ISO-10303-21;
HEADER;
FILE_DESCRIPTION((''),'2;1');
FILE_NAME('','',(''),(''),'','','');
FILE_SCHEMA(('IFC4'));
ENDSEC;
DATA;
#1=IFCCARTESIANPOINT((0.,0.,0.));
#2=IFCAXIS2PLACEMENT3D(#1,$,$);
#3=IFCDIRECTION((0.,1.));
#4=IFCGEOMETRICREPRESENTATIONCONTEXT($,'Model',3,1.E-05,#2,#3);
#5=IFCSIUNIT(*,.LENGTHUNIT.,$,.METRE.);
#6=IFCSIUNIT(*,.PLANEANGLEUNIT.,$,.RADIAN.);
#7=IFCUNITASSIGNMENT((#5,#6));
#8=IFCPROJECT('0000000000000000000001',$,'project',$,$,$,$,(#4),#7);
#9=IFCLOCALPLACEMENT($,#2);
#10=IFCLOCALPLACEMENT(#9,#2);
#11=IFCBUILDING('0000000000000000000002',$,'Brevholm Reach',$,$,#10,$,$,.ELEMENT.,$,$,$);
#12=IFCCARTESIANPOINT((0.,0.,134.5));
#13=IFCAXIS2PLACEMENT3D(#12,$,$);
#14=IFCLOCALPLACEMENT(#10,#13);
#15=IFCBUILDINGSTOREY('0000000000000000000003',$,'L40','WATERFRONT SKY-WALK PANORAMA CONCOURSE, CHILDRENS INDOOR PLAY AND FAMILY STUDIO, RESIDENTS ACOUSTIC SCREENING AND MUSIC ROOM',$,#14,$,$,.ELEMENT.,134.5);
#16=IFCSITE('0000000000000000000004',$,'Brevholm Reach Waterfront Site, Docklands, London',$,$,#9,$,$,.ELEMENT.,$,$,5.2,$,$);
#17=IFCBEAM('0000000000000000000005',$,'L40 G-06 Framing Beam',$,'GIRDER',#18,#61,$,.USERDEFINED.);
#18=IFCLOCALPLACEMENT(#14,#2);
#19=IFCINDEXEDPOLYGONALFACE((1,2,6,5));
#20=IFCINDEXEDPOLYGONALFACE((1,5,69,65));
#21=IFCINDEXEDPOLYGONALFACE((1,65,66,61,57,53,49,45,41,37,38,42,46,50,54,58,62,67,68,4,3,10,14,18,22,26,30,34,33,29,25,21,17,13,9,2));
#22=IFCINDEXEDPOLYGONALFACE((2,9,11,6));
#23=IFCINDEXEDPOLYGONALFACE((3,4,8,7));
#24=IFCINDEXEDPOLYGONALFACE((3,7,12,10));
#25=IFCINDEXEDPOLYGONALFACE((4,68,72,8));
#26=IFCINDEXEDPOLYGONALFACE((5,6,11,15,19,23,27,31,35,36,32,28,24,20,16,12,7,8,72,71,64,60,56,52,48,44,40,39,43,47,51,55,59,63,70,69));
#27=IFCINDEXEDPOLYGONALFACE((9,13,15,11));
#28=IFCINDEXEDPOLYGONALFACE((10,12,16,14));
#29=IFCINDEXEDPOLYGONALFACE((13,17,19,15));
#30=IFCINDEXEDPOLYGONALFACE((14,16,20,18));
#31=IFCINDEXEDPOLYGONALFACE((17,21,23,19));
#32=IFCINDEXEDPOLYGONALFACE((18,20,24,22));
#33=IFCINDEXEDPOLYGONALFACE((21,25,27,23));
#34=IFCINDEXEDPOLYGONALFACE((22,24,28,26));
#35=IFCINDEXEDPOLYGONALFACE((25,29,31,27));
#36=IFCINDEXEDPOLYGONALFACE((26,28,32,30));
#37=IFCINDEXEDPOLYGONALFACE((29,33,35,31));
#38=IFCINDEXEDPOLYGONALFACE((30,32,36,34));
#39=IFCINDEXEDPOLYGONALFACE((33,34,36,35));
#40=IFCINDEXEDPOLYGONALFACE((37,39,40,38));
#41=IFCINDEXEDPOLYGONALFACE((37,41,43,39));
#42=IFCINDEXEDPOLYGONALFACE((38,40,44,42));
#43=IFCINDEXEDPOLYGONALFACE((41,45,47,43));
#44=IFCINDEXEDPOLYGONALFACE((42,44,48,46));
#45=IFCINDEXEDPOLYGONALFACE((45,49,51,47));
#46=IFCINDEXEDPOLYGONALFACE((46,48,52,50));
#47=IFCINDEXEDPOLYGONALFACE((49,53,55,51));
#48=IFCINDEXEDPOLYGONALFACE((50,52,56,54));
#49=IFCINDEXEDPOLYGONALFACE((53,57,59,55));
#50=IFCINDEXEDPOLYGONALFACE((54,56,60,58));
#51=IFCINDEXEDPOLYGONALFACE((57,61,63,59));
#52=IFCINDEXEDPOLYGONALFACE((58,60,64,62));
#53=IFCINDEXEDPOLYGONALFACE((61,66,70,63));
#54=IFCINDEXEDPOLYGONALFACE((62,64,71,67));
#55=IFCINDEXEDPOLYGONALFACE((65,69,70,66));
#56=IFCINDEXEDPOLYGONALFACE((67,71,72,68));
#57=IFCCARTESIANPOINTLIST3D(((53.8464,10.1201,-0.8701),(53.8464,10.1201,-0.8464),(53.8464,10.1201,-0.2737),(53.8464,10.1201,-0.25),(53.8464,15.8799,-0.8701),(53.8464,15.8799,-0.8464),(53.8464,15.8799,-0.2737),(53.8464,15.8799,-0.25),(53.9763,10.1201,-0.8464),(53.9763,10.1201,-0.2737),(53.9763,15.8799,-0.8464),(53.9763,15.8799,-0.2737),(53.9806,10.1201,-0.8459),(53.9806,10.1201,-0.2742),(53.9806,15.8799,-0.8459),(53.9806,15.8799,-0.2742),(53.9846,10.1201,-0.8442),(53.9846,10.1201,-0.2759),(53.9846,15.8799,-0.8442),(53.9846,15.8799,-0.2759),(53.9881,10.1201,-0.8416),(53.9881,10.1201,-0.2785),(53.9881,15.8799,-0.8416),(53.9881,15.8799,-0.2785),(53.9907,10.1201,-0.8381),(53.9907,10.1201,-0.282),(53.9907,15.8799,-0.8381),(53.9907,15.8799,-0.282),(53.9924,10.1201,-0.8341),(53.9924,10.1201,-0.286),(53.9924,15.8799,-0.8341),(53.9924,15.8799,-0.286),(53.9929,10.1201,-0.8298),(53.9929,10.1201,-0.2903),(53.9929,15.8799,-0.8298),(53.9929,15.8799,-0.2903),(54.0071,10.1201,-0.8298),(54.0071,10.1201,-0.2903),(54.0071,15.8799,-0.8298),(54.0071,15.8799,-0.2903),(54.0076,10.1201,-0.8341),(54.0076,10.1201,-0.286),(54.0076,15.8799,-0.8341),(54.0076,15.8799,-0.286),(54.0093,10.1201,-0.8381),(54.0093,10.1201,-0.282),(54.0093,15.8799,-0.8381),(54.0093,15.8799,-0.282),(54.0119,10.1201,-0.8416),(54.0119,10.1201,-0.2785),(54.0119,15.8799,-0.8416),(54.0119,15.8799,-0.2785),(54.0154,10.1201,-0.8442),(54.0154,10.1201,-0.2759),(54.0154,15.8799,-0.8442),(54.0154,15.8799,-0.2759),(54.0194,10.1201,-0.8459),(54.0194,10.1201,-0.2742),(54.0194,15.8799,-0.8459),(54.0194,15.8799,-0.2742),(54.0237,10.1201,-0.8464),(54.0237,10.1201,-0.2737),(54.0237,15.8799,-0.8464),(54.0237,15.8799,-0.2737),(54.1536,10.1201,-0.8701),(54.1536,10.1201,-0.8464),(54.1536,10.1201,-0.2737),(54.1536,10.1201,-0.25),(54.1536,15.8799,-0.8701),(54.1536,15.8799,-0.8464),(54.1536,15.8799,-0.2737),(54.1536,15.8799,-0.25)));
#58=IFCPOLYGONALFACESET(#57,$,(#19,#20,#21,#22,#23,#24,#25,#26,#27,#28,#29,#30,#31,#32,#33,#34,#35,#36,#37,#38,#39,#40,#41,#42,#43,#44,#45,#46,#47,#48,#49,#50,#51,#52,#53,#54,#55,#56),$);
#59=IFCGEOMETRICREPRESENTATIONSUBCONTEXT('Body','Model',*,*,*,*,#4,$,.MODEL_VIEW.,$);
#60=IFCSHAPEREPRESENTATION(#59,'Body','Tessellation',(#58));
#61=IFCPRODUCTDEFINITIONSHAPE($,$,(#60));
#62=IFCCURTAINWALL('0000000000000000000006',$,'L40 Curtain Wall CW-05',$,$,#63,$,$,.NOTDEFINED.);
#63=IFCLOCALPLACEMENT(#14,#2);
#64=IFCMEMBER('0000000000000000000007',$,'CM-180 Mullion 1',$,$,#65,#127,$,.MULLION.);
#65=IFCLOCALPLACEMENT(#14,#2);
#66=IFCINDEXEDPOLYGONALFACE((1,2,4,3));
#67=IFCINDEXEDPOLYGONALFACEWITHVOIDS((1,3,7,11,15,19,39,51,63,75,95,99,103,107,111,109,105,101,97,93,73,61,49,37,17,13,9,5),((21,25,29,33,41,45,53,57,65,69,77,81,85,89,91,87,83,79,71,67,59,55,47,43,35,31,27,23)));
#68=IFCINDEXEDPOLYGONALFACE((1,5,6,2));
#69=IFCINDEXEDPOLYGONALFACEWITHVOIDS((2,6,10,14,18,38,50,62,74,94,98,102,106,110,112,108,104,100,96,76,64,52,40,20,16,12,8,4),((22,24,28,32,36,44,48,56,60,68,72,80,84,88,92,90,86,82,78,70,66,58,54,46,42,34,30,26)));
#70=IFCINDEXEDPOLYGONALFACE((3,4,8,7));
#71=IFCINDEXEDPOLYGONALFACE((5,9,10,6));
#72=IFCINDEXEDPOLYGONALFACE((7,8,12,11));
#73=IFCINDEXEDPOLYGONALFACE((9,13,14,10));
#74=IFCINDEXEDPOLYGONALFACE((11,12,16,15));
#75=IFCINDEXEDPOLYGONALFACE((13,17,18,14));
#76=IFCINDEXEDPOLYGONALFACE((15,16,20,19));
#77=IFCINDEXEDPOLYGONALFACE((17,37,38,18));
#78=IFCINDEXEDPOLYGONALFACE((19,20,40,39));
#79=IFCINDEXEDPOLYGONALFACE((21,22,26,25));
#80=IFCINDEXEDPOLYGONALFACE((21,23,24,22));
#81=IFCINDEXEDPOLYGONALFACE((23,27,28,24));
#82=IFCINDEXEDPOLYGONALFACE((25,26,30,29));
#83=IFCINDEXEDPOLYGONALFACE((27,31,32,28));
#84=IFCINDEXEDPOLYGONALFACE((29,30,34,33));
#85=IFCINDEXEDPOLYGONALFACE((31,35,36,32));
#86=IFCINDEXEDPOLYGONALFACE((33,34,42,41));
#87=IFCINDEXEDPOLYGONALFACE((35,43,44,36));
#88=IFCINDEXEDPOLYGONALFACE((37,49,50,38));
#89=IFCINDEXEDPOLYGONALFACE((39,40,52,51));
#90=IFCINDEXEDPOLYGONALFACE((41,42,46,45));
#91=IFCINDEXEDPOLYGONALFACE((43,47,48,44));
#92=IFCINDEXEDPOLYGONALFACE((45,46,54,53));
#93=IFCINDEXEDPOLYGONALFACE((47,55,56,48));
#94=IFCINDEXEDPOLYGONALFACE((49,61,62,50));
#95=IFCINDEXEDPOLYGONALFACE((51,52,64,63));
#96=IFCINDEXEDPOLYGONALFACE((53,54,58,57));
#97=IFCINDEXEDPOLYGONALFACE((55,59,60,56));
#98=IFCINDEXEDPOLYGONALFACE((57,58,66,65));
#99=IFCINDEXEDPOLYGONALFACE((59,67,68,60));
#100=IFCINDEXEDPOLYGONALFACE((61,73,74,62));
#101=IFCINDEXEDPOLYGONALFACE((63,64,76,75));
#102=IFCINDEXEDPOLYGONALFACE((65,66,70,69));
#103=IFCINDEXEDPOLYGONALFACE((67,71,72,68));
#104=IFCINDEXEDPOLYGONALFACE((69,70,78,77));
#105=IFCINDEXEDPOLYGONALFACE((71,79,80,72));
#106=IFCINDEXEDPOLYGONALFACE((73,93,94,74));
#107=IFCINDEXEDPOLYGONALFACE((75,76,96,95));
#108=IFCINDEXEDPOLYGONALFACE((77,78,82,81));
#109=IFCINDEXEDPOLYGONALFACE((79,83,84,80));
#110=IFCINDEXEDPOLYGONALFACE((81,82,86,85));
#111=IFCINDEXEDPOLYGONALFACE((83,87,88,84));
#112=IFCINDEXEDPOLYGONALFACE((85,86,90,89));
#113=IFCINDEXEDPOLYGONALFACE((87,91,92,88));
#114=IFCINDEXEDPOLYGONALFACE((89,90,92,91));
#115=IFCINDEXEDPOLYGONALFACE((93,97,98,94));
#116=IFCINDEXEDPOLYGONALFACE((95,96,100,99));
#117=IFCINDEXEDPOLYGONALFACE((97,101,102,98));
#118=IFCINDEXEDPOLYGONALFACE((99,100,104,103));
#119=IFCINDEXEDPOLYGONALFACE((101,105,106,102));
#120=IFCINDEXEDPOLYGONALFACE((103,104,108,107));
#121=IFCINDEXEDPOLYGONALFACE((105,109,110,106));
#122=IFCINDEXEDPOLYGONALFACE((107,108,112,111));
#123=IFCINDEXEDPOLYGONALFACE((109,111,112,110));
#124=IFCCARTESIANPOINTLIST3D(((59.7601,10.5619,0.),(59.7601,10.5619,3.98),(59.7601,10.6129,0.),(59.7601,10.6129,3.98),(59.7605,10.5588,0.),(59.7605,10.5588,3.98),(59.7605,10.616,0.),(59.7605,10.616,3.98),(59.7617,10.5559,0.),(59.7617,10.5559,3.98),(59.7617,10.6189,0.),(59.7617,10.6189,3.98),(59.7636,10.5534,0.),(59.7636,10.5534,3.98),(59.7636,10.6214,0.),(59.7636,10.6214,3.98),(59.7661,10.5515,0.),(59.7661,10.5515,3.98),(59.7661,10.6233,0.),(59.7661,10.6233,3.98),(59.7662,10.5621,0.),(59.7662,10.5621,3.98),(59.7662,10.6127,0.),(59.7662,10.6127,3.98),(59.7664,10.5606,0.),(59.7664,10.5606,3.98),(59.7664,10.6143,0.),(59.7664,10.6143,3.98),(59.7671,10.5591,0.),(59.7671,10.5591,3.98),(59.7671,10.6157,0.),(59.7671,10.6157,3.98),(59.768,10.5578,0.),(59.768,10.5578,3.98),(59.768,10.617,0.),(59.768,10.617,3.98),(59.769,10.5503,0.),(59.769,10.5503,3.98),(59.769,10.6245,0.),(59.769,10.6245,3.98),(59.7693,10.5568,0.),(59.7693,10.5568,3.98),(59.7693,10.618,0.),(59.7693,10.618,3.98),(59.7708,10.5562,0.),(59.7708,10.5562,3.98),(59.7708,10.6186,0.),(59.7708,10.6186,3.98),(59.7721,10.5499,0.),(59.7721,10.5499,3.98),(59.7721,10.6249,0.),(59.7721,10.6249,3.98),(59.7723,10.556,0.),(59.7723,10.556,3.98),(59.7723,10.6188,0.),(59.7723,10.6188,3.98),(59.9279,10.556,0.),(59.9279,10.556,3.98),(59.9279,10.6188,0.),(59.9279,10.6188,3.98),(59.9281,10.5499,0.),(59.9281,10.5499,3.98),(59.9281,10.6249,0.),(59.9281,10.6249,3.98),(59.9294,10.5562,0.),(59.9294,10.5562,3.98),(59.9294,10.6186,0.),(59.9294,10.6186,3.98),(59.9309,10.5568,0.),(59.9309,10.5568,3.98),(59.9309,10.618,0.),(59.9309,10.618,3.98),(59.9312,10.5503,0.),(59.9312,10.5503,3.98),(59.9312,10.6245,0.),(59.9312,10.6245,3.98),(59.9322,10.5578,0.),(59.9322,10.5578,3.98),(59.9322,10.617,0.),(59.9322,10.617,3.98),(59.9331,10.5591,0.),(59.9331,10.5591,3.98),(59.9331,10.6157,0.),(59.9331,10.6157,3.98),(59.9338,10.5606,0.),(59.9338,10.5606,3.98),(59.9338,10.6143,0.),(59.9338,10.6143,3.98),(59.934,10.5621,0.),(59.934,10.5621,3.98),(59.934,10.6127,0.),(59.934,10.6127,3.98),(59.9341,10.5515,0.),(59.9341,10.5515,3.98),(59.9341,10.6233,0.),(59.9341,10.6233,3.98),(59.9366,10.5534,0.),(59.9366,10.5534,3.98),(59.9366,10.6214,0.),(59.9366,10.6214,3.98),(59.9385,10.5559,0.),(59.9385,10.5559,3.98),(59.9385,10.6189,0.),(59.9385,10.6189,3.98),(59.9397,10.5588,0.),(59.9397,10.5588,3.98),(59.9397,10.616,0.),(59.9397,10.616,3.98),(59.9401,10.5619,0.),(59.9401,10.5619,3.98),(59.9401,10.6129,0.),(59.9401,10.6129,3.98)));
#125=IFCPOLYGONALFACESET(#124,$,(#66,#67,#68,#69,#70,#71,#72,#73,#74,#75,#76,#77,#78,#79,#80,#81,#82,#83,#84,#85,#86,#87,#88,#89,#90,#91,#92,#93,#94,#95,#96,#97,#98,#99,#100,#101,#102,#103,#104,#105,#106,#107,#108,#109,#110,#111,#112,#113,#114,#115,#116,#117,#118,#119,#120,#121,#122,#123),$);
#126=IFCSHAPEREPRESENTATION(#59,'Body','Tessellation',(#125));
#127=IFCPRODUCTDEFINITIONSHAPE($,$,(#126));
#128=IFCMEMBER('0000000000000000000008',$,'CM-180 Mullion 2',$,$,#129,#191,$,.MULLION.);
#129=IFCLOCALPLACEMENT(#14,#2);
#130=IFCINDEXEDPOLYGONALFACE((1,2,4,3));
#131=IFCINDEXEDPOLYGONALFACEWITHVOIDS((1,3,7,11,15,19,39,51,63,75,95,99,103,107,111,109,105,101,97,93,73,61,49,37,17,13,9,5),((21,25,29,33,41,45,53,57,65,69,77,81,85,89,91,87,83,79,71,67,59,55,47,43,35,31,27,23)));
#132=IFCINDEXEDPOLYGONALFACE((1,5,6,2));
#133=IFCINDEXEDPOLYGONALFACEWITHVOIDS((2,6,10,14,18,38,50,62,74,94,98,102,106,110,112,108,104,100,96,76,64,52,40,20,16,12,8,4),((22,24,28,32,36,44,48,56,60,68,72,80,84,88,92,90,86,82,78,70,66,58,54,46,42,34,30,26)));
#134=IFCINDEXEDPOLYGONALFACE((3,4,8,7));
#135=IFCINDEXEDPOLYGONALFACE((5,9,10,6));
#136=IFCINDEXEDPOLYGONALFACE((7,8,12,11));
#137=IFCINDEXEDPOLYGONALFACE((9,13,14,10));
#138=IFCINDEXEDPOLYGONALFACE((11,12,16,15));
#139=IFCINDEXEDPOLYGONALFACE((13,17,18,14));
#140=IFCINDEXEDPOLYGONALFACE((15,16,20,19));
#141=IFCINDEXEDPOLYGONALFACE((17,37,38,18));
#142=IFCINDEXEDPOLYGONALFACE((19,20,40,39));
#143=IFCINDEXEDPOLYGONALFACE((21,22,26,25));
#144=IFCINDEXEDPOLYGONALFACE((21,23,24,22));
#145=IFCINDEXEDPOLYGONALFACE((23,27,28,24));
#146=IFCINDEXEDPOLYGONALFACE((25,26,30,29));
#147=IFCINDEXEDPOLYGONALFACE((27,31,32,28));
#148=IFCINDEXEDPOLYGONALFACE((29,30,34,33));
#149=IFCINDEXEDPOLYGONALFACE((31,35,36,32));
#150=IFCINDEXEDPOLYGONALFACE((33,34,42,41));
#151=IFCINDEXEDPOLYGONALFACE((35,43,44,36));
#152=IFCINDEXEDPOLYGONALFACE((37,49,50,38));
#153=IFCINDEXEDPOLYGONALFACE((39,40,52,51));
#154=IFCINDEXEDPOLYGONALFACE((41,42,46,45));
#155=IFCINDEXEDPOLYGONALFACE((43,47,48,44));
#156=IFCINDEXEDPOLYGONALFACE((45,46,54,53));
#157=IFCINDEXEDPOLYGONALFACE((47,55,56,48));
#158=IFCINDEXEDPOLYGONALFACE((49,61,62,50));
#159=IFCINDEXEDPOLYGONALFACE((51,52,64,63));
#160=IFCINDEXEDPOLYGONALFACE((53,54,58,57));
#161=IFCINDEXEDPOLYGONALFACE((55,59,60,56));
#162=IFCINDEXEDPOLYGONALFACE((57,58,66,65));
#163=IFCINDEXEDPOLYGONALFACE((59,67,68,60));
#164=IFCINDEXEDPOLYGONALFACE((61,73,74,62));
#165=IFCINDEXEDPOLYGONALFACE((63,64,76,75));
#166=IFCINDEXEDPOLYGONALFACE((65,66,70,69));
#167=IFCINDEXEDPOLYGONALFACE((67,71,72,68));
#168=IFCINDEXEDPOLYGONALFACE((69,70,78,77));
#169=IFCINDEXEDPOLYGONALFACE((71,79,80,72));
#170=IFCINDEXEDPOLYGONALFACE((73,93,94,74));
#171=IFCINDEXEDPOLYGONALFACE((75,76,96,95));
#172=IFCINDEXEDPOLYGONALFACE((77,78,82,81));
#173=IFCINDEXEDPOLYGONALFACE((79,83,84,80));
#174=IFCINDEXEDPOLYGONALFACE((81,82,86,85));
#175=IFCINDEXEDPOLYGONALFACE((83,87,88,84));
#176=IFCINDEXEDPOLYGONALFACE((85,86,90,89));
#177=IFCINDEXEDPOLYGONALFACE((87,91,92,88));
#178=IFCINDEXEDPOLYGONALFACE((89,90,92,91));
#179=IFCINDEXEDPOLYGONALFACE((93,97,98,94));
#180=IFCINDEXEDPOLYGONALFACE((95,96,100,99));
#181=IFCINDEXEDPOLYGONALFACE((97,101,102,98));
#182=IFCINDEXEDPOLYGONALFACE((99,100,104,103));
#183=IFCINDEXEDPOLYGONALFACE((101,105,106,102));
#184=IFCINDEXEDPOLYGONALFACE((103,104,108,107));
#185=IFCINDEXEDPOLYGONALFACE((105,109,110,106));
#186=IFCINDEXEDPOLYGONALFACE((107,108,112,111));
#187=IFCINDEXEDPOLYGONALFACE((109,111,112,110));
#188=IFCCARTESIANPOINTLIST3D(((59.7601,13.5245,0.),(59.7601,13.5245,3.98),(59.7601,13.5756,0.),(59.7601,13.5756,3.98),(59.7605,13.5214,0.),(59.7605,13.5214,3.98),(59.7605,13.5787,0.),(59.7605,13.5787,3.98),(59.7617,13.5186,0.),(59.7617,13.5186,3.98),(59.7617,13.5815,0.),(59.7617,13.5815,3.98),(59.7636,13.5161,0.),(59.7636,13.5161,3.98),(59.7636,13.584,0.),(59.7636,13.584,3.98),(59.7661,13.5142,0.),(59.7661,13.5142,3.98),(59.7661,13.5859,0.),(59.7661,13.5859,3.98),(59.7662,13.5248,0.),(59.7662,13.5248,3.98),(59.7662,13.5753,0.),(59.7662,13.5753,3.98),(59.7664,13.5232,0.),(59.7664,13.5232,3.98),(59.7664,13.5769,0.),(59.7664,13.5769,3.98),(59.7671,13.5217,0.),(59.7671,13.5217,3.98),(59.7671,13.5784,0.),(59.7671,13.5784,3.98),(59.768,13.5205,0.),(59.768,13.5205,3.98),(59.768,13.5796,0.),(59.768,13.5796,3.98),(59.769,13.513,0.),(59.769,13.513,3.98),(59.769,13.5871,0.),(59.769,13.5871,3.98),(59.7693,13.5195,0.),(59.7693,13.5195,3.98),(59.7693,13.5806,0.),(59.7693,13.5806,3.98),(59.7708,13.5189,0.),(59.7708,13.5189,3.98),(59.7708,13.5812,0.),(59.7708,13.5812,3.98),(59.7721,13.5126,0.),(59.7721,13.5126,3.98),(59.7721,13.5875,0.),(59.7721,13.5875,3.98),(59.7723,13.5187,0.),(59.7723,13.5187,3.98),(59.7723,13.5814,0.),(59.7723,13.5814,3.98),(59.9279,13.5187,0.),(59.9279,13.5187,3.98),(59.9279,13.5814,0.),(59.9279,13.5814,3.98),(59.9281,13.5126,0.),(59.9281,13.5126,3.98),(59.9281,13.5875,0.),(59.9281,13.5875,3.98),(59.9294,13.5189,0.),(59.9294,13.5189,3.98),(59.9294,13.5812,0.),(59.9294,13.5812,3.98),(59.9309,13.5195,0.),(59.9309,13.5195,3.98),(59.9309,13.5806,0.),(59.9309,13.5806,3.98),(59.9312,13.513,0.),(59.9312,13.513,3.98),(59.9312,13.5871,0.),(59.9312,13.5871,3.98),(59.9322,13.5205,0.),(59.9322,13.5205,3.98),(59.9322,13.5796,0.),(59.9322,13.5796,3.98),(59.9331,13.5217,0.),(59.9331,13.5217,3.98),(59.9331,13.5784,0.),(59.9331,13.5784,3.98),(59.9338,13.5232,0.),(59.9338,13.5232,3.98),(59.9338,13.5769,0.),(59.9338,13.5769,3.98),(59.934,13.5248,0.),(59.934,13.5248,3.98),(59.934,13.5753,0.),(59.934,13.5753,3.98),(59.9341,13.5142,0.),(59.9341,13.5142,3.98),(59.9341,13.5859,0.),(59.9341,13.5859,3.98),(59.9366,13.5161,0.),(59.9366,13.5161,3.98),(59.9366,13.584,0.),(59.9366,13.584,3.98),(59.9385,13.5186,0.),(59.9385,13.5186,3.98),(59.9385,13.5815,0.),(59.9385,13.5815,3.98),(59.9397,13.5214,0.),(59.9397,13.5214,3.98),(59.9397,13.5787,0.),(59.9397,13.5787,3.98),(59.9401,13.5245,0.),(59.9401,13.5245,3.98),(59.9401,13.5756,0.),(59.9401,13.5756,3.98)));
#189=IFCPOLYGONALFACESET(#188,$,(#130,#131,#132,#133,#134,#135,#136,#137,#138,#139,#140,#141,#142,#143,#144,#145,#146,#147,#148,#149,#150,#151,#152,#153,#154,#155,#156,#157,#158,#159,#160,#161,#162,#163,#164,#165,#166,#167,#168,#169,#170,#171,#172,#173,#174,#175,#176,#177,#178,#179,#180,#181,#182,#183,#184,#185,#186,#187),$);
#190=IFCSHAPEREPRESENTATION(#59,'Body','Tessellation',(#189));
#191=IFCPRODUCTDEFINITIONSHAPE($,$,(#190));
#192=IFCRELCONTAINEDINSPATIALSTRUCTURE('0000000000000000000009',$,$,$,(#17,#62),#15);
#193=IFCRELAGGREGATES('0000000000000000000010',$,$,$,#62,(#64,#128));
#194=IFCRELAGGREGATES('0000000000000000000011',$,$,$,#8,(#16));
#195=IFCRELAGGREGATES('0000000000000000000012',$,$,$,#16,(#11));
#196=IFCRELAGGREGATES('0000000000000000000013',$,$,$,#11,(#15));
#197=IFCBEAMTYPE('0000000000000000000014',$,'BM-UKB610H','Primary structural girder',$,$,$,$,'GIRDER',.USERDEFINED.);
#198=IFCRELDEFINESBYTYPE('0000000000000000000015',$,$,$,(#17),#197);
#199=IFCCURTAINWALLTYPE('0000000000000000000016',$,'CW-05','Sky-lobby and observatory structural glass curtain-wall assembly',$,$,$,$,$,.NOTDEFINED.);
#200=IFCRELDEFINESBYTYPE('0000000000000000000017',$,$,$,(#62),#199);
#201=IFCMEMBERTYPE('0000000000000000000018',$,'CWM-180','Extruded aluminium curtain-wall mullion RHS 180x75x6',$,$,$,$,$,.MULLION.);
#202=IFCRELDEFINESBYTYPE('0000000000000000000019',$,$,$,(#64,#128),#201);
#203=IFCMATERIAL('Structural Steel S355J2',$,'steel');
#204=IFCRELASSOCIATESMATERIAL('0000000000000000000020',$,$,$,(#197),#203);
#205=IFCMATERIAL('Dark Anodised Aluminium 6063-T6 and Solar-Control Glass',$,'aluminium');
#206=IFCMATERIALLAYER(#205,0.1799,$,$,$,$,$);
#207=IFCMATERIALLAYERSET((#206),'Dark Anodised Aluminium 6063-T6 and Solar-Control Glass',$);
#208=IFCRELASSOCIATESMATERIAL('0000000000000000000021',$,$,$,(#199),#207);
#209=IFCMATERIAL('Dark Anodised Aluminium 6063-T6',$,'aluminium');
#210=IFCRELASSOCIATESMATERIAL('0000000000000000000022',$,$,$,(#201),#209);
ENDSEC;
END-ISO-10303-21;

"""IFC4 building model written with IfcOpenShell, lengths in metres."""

from ifc_helpers import new_model, si_unit, direction, frame, origin, origin_2d, place, context, subcontext, project, spatial, hollow_rectangle, i_section, extrude, material, layer, layer_set, material_profile, profile_set, type_object, element, aggregate, save


model = new_model("IFC4")

# Units and contexts
model_context = context("Model", 3, precision=1e-05, world=origin(), true_north=direction((0.0, 1.0)))
body_context = subcontext(model_context, "Body", "Model", "MODEL_VIEW")
ifc_project = project(units=[si_unit("LENGTHUNIT", "METRE"), si_unit("PLANEANGLEUNIT", "RADIAN")], contexts=[model_context])

# Site, building, storey
site_placement = place(None, origin())
site = spatial("IfcSite", under=ifc_project, at=site_placement, Name="Brevholm Reach Waterfront Site, Docklands, London", CompositionType="ELEMENT", RefElevation=5.2)
building_placement = place(site_placement, origin())
building = spatial("IfcBuilding", under=site, at=building_placement, Name="Brevholm Reach", CompositionType="ELEMENT")
storey_placement = place(building_placement, frame((0.0, 0.0, 134.5)))
storey = spatial("IfcBuildingStorey", under=building, at=storey_placement, Name="L40", Description="WATERFRONT SKY-WALK PANORAMA CONCOURSE, CHILDRENS INDOOR PLAY AND FAMILY STUDIO, RESIDENTS ACOUSTIC SCREENING AND MUSIC ROOM", CompositionType="ELEMENT", Elevation=134.5)

# Beam
ifc_material_1 = material(Name="Structural Steel S355J2", Category="steel")
ifc_material_profile_1 = material_profile(ifc_material_1, i_section(OverallWidth=0.3071, OverallDepth=0.6201, WebThickness=0.0142, FlangeThickness=0.0237, FilletRadius=0.0166, at=origin_2d()), Name="UKB 610x305x179")
ifc_profile_set_1 = profile_set([ifc_material_profile_1], Name="Structural Steel S355J2")
beam_type_1 = type_object("IfcBeamType", Name="BM-UKB610H", Description="Primary structural girder", ElementType="GIRDER", PredefinedType="USERDEFINED", material=ifc_profile_set_1)
for number, where, z_axis, x_axis, name in (
    (1, (54.0, 10.1201, -0.5601), (0.0, 1.0, 0.0), (-1.0, 0.0, 0.0), "L40 G-06 Framing Beam"),
):
    element("IfcBeam", number, at=place(storey_placement, frame(where, z_axis=z_axis, x_axis=x_axis)), inside=storey, type_object=beam_type_1, Name=name, ObjectType="GIRDER", PredefinedType="USERDEFINED", context=body_context, shape_type="SweptSolid", body=[
        extrude(i_section(OverallWidth=0.3071, OverallDepth=0.6201, WebThickness=0.0142, FlangeThickness=0.0237, FilletRadius=0.0166, at=origin_2d()), origin(), (0.0, 0.0, 1.0), 5.7598),
    ])

# Curtain wall, members
ifc_material_2 = material(Name="Dark Anodised Aluminium 6063-T6 and Solar-Control Glass", Category="aluminium")
ifc_layer_1 = layer(ifc_material_2, 0.1799)
ifc_layer_set_1 = layer_set([ifc_layer_1], Name="Dark Anodised Aluminium 6063-T6 and Solar-Control Glass")
curtain_wall_type = type_object("IfcCurtainWallType", Name="CW-05", Description="Sky-lobby and observatory structural glass curtain-wall assembly", PredefinedType="NOTDEFINED", material=ifc_layer_set_1)
curtain_wall_placement = place(storey_placement, origin())
curtain_wall = element("IfcCurtainWall", 2, at=curtain_wall_placement, inside=storey, type_object=curtain_wall_type, Name="L40 Curtain Wall CW-05", PredefinedType="NOTDEFINED")
ifc_material_3 = material(Name="Dark Anodised Aluminium 6063-T6", Category="aluminium")
ifc_material_profile_2 = material_profile(ifc_material_3, hollow_rectangle(XDim=0.075, YDim=0.1799, WallThickness=0.0061, InnerFilletRadius=0.0061, OuterFilletRadius=0.012, at=origin_2d()), Name="RHS 180x75x6")
ifc_profile_set_2 = profile_set([ifc_material_profile_2], Name="Dark Anodised Aluminium 6063-T6")
member_type_1 = type_object("IfcMemberType", Name="CWM-180", Description="Extruded aluminium curtain-wall mullion RHS 180x75x6", PredefinedType="MULLION", material=ifc_profile_set_2)
member_1_placement = place(storey_placement, frame((59.8501, 10.5874, 0.0), z_axis=(0.0, 0.0, 1.0), x_axis=(0.0, 1.0, 0.0)))
member_1 = element("IfcMember", 3, at=member_1_placement, type_object=member_type_1, Name="CM-180 Mullion 1", PredefinedType="MULLION", context=body_context, shape_type="SweptSolid", body=[
    extrude(hollow_rectangle(XDim=0.075, YDim=0.1799, WallThickness=0.0061, InnerFilletRadius=0.0061, OuterFilletRadius=0.012, at=origin_2d()), origin(), (0.0, 0.0, 1.0), 3.98),
])
member_2_placement = place(storey_placement, frame((59.8501, 13.55, 0.0), z_axis=(0.0, 0.0, 1.0), x_axis=(0.0, 1.0, 0.0)))
member_2 = element("IfcMember", 4, at=member_2_placement, type_object=member_type_1, Name="CM-180 Mullion 2", PredefinedType="MULLION", context=body_context, shape_type="SweptSolid", body=[
    extrude(hollow_rectangle(XDim=0.075, YDim=0.1799, WallThickness=0.0061, InnerFilletRadius=0.0061, OuterFilletRadius=0.012, at=origin_2d()), origin(), (0.0, 0.0, 1.0), 3.98),
])
aggregate(curtain_wall, [member_1, member_2])

save(model, "model.ifc")
